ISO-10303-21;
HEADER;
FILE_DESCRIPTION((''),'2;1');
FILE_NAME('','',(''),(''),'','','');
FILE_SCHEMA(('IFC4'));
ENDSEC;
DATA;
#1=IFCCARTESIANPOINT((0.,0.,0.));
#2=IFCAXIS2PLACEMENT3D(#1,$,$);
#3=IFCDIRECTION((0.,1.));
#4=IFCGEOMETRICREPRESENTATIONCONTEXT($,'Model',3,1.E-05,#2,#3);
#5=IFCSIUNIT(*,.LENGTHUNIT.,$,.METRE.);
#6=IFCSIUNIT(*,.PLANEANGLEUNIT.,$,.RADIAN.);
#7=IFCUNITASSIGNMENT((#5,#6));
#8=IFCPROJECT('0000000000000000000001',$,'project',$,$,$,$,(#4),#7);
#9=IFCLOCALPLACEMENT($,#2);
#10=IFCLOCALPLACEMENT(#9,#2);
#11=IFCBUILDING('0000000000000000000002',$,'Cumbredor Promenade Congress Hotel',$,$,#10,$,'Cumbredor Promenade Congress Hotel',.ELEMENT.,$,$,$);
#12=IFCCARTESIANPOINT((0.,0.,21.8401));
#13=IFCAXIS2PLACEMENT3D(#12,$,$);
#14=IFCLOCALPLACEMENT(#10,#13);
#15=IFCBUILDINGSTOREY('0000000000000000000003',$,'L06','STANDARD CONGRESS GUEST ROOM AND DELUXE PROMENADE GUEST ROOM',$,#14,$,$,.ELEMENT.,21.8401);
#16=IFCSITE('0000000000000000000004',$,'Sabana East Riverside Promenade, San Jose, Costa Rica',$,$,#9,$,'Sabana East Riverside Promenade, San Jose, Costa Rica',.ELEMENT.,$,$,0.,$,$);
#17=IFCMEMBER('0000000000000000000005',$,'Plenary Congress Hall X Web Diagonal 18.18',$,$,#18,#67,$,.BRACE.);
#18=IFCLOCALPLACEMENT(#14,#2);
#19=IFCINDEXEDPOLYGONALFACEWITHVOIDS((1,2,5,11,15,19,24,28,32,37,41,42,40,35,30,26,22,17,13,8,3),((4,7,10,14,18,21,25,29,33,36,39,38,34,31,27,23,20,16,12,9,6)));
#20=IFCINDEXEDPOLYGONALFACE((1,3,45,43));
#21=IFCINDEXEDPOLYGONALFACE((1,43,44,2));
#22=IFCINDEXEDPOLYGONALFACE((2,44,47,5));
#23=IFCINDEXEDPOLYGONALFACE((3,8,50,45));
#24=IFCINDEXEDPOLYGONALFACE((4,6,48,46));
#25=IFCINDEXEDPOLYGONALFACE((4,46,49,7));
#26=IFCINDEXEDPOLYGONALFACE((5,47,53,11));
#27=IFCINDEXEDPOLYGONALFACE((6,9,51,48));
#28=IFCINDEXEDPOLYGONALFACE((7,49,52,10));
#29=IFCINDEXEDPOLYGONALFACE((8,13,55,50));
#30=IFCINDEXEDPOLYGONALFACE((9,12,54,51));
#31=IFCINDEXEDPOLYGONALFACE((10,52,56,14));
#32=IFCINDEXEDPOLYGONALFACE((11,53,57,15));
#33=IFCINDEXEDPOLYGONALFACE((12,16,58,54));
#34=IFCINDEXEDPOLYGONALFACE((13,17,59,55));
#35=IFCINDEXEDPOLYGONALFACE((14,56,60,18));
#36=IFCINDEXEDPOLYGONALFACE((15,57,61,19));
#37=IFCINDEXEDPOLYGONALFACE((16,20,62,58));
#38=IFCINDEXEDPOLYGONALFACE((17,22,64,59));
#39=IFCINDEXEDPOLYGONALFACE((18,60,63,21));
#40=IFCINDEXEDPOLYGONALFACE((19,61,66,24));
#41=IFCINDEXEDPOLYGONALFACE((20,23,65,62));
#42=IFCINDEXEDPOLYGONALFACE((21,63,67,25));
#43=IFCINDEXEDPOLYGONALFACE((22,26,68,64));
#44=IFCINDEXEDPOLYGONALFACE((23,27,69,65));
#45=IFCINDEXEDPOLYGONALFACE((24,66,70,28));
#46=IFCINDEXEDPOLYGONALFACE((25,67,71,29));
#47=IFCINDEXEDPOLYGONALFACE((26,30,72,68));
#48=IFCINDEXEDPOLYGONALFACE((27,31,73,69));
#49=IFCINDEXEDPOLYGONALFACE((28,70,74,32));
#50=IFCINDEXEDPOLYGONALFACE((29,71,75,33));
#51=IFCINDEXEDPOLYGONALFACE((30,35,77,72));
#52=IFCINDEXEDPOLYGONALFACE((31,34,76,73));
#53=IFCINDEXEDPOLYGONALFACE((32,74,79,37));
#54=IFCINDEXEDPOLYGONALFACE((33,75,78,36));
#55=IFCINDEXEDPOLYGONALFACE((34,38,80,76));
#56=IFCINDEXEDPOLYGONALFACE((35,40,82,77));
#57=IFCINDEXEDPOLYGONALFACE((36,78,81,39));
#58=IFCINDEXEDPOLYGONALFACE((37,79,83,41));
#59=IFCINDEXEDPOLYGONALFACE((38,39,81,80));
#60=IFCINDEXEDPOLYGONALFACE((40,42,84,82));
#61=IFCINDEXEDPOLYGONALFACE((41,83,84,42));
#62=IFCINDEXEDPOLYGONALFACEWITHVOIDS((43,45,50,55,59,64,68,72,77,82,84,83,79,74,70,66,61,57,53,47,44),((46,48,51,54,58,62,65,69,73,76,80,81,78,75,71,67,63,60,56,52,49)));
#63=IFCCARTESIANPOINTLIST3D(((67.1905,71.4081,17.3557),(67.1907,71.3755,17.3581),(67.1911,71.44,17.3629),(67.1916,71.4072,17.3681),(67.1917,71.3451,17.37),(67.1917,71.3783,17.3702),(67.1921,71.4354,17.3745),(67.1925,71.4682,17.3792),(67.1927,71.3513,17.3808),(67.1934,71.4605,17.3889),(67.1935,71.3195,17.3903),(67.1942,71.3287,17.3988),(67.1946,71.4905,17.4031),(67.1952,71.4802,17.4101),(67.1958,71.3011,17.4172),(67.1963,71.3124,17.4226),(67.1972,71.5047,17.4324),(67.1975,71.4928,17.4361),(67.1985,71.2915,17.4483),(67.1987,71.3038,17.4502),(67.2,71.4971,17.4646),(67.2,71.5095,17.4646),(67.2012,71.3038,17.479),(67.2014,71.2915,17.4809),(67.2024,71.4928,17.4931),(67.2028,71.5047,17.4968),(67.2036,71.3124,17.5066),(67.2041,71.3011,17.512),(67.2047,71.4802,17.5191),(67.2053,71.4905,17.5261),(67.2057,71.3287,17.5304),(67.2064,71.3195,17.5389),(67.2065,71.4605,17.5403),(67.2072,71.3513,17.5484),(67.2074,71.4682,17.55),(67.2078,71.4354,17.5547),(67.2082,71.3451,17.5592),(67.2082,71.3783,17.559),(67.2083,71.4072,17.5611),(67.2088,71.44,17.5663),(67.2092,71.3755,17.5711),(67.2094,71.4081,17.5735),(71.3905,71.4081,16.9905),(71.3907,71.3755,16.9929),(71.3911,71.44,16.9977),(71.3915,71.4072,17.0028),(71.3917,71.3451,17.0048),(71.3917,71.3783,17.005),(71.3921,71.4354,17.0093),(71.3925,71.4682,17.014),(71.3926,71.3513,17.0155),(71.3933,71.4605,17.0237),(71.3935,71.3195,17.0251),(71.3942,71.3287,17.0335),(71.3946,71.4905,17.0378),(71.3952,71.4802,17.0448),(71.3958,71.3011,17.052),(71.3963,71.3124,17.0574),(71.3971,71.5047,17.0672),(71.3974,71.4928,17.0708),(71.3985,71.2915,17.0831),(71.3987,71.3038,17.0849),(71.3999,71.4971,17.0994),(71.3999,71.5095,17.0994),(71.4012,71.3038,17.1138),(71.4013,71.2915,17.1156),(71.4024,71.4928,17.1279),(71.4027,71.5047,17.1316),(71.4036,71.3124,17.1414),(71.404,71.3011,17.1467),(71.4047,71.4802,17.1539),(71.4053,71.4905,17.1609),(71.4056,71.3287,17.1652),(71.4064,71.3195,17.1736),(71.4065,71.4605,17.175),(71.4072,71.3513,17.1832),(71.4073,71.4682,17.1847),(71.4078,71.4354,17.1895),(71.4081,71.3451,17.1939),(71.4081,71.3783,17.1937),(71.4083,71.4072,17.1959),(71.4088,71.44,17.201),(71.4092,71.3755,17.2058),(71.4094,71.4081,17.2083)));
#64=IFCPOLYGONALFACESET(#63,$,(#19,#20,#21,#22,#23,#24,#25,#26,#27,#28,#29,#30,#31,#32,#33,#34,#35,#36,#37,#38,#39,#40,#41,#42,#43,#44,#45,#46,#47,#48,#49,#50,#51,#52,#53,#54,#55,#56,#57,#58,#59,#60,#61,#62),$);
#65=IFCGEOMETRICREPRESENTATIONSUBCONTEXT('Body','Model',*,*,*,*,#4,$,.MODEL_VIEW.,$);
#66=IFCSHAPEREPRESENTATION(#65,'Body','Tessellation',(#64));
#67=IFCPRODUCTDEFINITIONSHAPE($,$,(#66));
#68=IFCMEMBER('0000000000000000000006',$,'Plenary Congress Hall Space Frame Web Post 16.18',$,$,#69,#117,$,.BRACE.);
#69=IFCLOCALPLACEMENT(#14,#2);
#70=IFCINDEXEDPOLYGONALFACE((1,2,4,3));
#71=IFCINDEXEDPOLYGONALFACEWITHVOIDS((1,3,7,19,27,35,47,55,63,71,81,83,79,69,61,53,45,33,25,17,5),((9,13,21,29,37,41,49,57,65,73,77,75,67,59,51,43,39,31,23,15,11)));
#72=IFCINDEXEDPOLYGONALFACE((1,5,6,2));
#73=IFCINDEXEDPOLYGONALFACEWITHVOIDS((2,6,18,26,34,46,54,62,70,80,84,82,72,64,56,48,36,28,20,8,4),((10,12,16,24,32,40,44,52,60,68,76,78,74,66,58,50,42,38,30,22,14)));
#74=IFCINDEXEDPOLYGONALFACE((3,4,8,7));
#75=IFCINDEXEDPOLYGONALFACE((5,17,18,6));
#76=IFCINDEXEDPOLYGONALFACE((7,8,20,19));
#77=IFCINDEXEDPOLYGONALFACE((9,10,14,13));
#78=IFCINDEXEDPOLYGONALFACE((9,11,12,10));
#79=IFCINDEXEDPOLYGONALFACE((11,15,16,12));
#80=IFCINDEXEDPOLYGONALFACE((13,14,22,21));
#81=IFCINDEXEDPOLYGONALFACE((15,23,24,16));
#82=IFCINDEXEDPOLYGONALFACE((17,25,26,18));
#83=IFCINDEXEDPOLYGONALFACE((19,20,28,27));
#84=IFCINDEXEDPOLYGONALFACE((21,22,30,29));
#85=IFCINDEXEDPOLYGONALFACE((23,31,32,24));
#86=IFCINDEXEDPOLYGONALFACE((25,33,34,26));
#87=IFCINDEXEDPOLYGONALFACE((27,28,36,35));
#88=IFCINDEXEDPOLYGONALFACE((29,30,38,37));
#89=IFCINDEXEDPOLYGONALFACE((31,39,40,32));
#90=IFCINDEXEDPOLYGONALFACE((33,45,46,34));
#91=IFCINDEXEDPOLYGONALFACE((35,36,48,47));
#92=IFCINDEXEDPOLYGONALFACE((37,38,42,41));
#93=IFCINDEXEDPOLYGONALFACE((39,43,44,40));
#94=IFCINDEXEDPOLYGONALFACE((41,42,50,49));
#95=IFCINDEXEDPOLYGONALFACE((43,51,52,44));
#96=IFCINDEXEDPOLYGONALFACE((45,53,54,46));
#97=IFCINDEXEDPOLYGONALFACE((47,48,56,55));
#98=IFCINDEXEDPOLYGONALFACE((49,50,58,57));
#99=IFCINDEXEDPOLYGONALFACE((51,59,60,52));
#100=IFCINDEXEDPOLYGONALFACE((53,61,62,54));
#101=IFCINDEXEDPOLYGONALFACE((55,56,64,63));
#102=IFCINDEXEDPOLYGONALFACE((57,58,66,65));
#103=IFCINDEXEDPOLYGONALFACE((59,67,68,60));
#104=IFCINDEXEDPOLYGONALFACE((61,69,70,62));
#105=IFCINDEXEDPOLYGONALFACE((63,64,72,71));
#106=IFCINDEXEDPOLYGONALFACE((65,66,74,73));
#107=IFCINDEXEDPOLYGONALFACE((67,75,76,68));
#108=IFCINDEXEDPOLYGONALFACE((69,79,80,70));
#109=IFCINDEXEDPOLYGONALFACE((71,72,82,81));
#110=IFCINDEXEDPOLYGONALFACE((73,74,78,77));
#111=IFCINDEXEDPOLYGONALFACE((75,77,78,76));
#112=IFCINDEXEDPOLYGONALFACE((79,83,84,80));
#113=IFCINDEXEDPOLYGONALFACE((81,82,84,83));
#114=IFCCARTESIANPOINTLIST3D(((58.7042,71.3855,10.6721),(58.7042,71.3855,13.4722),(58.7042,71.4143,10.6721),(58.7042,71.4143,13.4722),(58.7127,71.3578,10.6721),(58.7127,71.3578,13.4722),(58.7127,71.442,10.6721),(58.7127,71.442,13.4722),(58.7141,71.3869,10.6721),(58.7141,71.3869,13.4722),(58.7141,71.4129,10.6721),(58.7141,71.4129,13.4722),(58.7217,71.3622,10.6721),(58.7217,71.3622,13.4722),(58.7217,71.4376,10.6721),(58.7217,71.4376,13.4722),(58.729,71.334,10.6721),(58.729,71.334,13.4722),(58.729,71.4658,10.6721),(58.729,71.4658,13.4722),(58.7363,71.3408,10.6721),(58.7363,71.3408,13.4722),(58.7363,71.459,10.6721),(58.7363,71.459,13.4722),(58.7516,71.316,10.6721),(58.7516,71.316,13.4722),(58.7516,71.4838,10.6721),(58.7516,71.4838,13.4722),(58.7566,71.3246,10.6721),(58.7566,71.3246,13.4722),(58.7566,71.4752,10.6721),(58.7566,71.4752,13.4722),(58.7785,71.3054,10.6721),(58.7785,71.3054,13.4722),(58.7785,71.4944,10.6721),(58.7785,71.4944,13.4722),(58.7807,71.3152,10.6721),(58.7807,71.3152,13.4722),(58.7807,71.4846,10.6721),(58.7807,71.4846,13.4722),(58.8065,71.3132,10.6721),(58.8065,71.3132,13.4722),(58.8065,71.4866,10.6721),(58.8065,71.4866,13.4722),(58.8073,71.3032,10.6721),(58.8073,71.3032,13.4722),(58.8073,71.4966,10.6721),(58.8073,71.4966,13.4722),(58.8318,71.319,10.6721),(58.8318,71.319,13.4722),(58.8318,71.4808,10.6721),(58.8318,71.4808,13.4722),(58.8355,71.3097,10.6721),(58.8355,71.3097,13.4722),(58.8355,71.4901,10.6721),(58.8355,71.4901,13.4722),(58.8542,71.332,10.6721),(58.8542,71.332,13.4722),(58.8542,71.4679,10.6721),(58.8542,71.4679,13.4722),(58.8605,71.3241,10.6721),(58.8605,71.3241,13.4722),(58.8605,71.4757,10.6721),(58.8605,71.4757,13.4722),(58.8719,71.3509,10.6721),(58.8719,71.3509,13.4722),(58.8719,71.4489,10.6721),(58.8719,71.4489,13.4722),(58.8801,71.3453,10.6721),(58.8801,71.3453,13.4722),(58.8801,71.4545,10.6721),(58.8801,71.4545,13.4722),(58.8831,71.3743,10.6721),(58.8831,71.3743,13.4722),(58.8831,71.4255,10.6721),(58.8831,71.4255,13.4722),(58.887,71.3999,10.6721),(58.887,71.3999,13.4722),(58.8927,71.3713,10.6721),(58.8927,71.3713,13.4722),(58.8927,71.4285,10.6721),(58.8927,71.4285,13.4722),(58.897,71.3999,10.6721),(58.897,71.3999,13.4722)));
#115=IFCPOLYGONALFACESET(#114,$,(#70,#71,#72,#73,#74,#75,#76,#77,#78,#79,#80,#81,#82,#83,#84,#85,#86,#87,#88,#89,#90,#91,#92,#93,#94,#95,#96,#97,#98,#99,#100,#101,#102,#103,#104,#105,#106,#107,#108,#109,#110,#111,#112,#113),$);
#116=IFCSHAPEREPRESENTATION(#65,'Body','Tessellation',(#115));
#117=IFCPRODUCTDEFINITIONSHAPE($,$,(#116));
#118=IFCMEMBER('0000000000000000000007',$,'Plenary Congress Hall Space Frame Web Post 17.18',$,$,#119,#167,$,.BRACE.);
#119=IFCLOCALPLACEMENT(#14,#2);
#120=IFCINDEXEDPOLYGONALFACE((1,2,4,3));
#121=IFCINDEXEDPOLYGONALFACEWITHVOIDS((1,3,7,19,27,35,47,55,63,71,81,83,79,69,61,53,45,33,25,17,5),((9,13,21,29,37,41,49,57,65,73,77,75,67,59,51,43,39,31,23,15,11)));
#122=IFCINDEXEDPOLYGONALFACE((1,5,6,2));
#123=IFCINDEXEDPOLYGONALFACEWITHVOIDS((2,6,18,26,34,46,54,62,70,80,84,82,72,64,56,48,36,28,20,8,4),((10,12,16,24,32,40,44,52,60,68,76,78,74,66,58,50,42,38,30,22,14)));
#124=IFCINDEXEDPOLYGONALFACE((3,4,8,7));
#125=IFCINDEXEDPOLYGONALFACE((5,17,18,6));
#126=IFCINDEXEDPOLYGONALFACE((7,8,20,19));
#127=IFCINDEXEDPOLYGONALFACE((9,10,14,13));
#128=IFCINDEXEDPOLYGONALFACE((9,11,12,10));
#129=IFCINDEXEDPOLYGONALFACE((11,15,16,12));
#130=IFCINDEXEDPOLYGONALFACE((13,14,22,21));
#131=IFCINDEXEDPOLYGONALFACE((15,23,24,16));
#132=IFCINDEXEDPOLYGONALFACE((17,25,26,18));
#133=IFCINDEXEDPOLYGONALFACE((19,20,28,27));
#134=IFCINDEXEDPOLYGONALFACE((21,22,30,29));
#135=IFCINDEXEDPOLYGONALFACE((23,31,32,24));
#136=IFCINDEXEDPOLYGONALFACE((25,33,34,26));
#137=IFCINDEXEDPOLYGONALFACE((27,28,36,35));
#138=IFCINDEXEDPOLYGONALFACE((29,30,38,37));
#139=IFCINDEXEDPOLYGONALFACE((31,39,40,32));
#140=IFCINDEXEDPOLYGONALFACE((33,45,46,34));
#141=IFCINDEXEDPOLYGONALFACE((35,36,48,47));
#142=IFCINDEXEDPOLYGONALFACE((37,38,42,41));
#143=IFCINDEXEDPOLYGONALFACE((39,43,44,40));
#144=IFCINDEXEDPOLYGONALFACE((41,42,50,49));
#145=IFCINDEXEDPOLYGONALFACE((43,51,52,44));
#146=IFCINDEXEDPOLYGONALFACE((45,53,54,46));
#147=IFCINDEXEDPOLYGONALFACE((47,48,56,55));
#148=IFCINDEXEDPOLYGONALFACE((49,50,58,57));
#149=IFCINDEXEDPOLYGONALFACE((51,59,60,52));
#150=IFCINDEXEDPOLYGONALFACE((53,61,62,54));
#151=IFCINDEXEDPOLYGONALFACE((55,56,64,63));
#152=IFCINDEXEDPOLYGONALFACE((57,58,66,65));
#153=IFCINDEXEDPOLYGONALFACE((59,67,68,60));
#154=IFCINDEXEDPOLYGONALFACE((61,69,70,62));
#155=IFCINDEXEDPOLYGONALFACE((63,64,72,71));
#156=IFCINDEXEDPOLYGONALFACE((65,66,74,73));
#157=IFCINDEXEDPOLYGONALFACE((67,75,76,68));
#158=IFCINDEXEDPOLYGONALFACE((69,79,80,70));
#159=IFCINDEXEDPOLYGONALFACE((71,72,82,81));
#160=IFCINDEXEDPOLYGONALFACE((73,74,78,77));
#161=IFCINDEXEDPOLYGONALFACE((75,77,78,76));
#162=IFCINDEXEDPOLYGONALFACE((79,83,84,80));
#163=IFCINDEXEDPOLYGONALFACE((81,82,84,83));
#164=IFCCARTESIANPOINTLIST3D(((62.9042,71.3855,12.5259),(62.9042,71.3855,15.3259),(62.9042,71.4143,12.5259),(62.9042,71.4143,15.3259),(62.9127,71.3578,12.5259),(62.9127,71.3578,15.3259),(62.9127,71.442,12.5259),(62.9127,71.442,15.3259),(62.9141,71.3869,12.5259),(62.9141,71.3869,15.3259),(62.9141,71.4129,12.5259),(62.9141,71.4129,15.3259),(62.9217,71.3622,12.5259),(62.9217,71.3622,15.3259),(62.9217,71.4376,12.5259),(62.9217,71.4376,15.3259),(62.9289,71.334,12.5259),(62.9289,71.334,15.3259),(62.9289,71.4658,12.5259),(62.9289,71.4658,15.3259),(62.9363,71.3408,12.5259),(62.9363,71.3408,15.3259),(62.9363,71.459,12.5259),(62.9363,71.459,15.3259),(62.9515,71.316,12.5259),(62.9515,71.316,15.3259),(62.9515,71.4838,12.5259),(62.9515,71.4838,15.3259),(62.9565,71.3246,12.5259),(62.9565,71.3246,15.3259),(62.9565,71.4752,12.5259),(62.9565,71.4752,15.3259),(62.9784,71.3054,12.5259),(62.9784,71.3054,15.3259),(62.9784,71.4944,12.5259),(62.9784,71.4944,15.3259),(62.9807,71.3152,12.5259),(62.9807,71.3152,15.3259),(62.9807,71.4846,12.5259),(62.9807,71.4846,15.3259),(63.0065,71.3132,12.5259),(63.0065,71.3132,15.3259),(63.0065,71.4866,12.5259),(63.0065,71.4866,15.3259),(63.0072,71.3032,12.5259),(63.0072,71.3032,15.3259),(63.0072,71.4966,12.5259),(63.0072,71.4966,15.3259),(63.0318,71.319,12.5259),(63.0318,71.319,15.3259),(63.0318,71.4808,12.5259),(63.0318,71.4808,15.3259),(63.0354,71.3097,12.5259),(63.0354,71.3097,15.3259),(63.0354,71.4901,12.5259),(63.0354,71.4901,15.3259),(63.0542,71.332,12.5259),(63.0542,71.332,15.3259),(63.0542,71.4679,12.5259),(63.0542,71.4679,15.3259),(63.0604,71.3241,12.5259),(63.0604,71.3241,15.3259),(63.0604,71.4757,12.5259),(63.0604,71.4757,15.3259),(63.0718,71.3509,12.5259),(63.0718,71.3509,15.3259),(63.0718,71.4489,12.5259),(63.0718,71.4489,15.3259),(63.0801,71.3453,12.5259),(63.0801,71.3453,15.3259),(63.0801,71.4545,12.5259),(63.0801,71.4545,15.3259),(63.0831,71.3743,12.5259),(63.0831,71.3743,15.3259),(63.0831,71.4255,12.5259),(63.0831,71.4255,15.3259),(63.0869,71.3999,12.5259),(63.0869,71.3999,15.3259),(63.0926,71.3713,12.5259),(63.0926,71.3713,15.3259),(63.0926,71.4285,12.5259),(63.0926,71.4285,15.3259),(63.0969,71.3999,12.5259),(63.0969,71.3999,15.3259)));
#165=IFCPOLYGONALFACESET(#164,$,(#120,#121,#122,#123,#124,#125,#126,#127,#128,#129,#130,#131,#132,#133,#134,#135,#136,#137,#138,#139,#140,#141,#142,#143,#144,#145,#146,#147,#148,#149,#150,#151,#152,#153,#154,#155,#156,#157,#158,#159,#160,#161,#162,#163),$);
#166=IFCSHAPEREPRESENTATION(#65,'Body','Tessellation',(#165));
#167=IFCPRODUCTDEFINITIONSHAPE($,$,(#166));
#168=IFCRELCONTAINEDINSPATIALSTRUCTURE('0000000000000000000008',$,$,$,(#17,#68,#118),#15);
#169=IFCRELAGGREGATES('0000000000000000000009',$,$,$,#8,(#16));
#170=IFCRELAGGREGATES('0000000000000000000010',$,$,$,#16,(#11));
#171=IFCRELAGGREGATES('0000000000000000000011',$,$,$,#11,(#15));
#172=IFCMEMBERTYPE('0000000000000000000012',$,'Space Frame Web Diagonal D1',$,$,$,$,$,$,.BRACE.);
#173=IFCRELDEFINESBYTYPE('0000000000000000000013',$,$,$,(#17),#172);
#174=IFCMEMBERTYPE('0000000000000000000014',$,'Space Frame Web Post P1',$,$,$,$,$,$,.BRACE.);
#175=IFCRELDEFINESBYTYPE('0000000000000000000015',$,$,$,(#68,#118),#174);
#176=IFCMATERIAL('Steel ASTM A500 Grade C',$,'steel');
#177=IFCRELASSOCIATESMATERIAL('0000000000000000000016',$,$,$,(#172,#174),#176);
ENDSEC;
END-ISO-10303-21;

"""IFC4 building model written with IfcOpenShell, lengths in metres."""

from ifc_helpers import new_model, si_unit, direction, frame, origin, origin_2d, place, context, subcontext, project, spatial, hollow_circle, extrude, material, material_profile, profile_set, type_object, element, save


model = new_model("IFC4")

# Units and contexts
model_context = context("Model", 3, precision=1e-05, world=origin(), true_north=direction((0.0, 1.0)))
body_context = subcontext(model_context, "Body", "Model", "MODEL_VIEW")
ifc_project = project(units=[si_unit("LENGTHUNIT", "METRE"), si_unit("PLANEANGLEUNIT", "RADIAN")], contexts=[model_context])

# Site, building, storey
site_placement = place(None, origin())
site = spatial("IfcSite", under=ifc_project, at=site_placement, Name="Sabana East Riverside Promenade, San Jose, Costa Rica", LongName="Sabana East Riverside Promenade, San Jose, Costa Rica", CompositionType="ELEMENT", RefElevation=0.0)
building_placement = place(site_placement, origin())
building = spatial("IfcBuilding", under=site, at=building_placement, Name="Cumbredor Promenade Congress Hotel", LongName="Cumbredor Promenade Congress Hotel", CompositionType="ELEMENT")
storey_placement = place(building_placement, frame((0.0, 0.0, 21.8401)))
storey = spatial("IfcBuildingStorey", under=building, at=storey_placement, Name="L06", Description="STANDARD CONGRESS GUEST ROOM AND DELUXE PROMENADE GUEST ROOM", CompositionType="ELEMENT", Elevation=21.8401)

# Members
ifc_material_1 = material(Name="Steel ASTM A500 Grade C", Category="steel")
ifc_material_profile_1 = material_profile(ifc_material_1, hollow_circle(Radius=0.1096, WallThickness=0.0125, at=origin_2d()), Name="CHS 219.1x12.5")
ifc_profile_set_1 = profile_set([ifc_material_profile_1], Name="Steel ASTM A500 Grade C")
member_type_1 = type_object("IfcMemberType", Name="Space Frame Web Diagonal D1", PredefinedType="BRACE", material=ifc_profile_set_1)
member_1_placement = place(storey_placement, frame((67.2, 71.3999, 17.4646), z_axis=(0.99624, 0.0, -0.086635), x_axis=(0.0, 1.0, 0.0)))
element("IfcMember", 1, at=member_1_placement, inside=storey, type_object=member_type_1, Name="Plenary Congress Hall X Web Diagonal 18.18", PredefinedType="BRACE", context=body_context, shape_type="SweptSolid", body=[
    extrude(hollow_circle(Radius=0.1096, WallThickness=0.0125, at=origin_2d()), origin(), (0.0, 0.0, 1.0), 4.2158),
])
ifc_material_profile_2 = material_profile(ifc_material_1, hollow_circle(Radius=0.0969, WallThickness=0.01, at=origin_2d()), Name="CHS 193.7x10")
ifc_profile_set_2 = profile_set([ifc_material_profile_2], Name="Steel ASTM A500 Grade C")
member_type_2 = type_object("IfcMemberType", Name="Space Frame Web Post P1", PredefinedType="BRACE", material=ifc_profile_set_2)
for number, where, z_axis, x_axis, name in (
    (2, (58.8, 71.3999, 10.6721), (0.0, 0.0, 1.0), (1.0, 0.0, 0.0), "Plenary Congress Hall Space Frame Web Post 16.18"),
    (3, (63.0, 71.3999, 12.5259), (0.0, 0.0, 1.0), (1.0, 0.0, 0.0), "Plenary Congress Hall Space Frame Web Post 17.18"),
):
    element("IfcMember", number, at=place(storey_placement, frame(where, z_axis=z_axis, x_axis=x_axis)), inside=storey, type_object=member_type_2, Name=name, PredefinedType="BRACE", context=body_context, shape_type="SweptSolid", body=[
        extrude(hollow_circle(Radius=0.0969, WallThickness=0.01, at=origin_2d()), origin(), (0.0, 0.0, 1.0), 2.8),
    ])

save(model, "model.ifc")
